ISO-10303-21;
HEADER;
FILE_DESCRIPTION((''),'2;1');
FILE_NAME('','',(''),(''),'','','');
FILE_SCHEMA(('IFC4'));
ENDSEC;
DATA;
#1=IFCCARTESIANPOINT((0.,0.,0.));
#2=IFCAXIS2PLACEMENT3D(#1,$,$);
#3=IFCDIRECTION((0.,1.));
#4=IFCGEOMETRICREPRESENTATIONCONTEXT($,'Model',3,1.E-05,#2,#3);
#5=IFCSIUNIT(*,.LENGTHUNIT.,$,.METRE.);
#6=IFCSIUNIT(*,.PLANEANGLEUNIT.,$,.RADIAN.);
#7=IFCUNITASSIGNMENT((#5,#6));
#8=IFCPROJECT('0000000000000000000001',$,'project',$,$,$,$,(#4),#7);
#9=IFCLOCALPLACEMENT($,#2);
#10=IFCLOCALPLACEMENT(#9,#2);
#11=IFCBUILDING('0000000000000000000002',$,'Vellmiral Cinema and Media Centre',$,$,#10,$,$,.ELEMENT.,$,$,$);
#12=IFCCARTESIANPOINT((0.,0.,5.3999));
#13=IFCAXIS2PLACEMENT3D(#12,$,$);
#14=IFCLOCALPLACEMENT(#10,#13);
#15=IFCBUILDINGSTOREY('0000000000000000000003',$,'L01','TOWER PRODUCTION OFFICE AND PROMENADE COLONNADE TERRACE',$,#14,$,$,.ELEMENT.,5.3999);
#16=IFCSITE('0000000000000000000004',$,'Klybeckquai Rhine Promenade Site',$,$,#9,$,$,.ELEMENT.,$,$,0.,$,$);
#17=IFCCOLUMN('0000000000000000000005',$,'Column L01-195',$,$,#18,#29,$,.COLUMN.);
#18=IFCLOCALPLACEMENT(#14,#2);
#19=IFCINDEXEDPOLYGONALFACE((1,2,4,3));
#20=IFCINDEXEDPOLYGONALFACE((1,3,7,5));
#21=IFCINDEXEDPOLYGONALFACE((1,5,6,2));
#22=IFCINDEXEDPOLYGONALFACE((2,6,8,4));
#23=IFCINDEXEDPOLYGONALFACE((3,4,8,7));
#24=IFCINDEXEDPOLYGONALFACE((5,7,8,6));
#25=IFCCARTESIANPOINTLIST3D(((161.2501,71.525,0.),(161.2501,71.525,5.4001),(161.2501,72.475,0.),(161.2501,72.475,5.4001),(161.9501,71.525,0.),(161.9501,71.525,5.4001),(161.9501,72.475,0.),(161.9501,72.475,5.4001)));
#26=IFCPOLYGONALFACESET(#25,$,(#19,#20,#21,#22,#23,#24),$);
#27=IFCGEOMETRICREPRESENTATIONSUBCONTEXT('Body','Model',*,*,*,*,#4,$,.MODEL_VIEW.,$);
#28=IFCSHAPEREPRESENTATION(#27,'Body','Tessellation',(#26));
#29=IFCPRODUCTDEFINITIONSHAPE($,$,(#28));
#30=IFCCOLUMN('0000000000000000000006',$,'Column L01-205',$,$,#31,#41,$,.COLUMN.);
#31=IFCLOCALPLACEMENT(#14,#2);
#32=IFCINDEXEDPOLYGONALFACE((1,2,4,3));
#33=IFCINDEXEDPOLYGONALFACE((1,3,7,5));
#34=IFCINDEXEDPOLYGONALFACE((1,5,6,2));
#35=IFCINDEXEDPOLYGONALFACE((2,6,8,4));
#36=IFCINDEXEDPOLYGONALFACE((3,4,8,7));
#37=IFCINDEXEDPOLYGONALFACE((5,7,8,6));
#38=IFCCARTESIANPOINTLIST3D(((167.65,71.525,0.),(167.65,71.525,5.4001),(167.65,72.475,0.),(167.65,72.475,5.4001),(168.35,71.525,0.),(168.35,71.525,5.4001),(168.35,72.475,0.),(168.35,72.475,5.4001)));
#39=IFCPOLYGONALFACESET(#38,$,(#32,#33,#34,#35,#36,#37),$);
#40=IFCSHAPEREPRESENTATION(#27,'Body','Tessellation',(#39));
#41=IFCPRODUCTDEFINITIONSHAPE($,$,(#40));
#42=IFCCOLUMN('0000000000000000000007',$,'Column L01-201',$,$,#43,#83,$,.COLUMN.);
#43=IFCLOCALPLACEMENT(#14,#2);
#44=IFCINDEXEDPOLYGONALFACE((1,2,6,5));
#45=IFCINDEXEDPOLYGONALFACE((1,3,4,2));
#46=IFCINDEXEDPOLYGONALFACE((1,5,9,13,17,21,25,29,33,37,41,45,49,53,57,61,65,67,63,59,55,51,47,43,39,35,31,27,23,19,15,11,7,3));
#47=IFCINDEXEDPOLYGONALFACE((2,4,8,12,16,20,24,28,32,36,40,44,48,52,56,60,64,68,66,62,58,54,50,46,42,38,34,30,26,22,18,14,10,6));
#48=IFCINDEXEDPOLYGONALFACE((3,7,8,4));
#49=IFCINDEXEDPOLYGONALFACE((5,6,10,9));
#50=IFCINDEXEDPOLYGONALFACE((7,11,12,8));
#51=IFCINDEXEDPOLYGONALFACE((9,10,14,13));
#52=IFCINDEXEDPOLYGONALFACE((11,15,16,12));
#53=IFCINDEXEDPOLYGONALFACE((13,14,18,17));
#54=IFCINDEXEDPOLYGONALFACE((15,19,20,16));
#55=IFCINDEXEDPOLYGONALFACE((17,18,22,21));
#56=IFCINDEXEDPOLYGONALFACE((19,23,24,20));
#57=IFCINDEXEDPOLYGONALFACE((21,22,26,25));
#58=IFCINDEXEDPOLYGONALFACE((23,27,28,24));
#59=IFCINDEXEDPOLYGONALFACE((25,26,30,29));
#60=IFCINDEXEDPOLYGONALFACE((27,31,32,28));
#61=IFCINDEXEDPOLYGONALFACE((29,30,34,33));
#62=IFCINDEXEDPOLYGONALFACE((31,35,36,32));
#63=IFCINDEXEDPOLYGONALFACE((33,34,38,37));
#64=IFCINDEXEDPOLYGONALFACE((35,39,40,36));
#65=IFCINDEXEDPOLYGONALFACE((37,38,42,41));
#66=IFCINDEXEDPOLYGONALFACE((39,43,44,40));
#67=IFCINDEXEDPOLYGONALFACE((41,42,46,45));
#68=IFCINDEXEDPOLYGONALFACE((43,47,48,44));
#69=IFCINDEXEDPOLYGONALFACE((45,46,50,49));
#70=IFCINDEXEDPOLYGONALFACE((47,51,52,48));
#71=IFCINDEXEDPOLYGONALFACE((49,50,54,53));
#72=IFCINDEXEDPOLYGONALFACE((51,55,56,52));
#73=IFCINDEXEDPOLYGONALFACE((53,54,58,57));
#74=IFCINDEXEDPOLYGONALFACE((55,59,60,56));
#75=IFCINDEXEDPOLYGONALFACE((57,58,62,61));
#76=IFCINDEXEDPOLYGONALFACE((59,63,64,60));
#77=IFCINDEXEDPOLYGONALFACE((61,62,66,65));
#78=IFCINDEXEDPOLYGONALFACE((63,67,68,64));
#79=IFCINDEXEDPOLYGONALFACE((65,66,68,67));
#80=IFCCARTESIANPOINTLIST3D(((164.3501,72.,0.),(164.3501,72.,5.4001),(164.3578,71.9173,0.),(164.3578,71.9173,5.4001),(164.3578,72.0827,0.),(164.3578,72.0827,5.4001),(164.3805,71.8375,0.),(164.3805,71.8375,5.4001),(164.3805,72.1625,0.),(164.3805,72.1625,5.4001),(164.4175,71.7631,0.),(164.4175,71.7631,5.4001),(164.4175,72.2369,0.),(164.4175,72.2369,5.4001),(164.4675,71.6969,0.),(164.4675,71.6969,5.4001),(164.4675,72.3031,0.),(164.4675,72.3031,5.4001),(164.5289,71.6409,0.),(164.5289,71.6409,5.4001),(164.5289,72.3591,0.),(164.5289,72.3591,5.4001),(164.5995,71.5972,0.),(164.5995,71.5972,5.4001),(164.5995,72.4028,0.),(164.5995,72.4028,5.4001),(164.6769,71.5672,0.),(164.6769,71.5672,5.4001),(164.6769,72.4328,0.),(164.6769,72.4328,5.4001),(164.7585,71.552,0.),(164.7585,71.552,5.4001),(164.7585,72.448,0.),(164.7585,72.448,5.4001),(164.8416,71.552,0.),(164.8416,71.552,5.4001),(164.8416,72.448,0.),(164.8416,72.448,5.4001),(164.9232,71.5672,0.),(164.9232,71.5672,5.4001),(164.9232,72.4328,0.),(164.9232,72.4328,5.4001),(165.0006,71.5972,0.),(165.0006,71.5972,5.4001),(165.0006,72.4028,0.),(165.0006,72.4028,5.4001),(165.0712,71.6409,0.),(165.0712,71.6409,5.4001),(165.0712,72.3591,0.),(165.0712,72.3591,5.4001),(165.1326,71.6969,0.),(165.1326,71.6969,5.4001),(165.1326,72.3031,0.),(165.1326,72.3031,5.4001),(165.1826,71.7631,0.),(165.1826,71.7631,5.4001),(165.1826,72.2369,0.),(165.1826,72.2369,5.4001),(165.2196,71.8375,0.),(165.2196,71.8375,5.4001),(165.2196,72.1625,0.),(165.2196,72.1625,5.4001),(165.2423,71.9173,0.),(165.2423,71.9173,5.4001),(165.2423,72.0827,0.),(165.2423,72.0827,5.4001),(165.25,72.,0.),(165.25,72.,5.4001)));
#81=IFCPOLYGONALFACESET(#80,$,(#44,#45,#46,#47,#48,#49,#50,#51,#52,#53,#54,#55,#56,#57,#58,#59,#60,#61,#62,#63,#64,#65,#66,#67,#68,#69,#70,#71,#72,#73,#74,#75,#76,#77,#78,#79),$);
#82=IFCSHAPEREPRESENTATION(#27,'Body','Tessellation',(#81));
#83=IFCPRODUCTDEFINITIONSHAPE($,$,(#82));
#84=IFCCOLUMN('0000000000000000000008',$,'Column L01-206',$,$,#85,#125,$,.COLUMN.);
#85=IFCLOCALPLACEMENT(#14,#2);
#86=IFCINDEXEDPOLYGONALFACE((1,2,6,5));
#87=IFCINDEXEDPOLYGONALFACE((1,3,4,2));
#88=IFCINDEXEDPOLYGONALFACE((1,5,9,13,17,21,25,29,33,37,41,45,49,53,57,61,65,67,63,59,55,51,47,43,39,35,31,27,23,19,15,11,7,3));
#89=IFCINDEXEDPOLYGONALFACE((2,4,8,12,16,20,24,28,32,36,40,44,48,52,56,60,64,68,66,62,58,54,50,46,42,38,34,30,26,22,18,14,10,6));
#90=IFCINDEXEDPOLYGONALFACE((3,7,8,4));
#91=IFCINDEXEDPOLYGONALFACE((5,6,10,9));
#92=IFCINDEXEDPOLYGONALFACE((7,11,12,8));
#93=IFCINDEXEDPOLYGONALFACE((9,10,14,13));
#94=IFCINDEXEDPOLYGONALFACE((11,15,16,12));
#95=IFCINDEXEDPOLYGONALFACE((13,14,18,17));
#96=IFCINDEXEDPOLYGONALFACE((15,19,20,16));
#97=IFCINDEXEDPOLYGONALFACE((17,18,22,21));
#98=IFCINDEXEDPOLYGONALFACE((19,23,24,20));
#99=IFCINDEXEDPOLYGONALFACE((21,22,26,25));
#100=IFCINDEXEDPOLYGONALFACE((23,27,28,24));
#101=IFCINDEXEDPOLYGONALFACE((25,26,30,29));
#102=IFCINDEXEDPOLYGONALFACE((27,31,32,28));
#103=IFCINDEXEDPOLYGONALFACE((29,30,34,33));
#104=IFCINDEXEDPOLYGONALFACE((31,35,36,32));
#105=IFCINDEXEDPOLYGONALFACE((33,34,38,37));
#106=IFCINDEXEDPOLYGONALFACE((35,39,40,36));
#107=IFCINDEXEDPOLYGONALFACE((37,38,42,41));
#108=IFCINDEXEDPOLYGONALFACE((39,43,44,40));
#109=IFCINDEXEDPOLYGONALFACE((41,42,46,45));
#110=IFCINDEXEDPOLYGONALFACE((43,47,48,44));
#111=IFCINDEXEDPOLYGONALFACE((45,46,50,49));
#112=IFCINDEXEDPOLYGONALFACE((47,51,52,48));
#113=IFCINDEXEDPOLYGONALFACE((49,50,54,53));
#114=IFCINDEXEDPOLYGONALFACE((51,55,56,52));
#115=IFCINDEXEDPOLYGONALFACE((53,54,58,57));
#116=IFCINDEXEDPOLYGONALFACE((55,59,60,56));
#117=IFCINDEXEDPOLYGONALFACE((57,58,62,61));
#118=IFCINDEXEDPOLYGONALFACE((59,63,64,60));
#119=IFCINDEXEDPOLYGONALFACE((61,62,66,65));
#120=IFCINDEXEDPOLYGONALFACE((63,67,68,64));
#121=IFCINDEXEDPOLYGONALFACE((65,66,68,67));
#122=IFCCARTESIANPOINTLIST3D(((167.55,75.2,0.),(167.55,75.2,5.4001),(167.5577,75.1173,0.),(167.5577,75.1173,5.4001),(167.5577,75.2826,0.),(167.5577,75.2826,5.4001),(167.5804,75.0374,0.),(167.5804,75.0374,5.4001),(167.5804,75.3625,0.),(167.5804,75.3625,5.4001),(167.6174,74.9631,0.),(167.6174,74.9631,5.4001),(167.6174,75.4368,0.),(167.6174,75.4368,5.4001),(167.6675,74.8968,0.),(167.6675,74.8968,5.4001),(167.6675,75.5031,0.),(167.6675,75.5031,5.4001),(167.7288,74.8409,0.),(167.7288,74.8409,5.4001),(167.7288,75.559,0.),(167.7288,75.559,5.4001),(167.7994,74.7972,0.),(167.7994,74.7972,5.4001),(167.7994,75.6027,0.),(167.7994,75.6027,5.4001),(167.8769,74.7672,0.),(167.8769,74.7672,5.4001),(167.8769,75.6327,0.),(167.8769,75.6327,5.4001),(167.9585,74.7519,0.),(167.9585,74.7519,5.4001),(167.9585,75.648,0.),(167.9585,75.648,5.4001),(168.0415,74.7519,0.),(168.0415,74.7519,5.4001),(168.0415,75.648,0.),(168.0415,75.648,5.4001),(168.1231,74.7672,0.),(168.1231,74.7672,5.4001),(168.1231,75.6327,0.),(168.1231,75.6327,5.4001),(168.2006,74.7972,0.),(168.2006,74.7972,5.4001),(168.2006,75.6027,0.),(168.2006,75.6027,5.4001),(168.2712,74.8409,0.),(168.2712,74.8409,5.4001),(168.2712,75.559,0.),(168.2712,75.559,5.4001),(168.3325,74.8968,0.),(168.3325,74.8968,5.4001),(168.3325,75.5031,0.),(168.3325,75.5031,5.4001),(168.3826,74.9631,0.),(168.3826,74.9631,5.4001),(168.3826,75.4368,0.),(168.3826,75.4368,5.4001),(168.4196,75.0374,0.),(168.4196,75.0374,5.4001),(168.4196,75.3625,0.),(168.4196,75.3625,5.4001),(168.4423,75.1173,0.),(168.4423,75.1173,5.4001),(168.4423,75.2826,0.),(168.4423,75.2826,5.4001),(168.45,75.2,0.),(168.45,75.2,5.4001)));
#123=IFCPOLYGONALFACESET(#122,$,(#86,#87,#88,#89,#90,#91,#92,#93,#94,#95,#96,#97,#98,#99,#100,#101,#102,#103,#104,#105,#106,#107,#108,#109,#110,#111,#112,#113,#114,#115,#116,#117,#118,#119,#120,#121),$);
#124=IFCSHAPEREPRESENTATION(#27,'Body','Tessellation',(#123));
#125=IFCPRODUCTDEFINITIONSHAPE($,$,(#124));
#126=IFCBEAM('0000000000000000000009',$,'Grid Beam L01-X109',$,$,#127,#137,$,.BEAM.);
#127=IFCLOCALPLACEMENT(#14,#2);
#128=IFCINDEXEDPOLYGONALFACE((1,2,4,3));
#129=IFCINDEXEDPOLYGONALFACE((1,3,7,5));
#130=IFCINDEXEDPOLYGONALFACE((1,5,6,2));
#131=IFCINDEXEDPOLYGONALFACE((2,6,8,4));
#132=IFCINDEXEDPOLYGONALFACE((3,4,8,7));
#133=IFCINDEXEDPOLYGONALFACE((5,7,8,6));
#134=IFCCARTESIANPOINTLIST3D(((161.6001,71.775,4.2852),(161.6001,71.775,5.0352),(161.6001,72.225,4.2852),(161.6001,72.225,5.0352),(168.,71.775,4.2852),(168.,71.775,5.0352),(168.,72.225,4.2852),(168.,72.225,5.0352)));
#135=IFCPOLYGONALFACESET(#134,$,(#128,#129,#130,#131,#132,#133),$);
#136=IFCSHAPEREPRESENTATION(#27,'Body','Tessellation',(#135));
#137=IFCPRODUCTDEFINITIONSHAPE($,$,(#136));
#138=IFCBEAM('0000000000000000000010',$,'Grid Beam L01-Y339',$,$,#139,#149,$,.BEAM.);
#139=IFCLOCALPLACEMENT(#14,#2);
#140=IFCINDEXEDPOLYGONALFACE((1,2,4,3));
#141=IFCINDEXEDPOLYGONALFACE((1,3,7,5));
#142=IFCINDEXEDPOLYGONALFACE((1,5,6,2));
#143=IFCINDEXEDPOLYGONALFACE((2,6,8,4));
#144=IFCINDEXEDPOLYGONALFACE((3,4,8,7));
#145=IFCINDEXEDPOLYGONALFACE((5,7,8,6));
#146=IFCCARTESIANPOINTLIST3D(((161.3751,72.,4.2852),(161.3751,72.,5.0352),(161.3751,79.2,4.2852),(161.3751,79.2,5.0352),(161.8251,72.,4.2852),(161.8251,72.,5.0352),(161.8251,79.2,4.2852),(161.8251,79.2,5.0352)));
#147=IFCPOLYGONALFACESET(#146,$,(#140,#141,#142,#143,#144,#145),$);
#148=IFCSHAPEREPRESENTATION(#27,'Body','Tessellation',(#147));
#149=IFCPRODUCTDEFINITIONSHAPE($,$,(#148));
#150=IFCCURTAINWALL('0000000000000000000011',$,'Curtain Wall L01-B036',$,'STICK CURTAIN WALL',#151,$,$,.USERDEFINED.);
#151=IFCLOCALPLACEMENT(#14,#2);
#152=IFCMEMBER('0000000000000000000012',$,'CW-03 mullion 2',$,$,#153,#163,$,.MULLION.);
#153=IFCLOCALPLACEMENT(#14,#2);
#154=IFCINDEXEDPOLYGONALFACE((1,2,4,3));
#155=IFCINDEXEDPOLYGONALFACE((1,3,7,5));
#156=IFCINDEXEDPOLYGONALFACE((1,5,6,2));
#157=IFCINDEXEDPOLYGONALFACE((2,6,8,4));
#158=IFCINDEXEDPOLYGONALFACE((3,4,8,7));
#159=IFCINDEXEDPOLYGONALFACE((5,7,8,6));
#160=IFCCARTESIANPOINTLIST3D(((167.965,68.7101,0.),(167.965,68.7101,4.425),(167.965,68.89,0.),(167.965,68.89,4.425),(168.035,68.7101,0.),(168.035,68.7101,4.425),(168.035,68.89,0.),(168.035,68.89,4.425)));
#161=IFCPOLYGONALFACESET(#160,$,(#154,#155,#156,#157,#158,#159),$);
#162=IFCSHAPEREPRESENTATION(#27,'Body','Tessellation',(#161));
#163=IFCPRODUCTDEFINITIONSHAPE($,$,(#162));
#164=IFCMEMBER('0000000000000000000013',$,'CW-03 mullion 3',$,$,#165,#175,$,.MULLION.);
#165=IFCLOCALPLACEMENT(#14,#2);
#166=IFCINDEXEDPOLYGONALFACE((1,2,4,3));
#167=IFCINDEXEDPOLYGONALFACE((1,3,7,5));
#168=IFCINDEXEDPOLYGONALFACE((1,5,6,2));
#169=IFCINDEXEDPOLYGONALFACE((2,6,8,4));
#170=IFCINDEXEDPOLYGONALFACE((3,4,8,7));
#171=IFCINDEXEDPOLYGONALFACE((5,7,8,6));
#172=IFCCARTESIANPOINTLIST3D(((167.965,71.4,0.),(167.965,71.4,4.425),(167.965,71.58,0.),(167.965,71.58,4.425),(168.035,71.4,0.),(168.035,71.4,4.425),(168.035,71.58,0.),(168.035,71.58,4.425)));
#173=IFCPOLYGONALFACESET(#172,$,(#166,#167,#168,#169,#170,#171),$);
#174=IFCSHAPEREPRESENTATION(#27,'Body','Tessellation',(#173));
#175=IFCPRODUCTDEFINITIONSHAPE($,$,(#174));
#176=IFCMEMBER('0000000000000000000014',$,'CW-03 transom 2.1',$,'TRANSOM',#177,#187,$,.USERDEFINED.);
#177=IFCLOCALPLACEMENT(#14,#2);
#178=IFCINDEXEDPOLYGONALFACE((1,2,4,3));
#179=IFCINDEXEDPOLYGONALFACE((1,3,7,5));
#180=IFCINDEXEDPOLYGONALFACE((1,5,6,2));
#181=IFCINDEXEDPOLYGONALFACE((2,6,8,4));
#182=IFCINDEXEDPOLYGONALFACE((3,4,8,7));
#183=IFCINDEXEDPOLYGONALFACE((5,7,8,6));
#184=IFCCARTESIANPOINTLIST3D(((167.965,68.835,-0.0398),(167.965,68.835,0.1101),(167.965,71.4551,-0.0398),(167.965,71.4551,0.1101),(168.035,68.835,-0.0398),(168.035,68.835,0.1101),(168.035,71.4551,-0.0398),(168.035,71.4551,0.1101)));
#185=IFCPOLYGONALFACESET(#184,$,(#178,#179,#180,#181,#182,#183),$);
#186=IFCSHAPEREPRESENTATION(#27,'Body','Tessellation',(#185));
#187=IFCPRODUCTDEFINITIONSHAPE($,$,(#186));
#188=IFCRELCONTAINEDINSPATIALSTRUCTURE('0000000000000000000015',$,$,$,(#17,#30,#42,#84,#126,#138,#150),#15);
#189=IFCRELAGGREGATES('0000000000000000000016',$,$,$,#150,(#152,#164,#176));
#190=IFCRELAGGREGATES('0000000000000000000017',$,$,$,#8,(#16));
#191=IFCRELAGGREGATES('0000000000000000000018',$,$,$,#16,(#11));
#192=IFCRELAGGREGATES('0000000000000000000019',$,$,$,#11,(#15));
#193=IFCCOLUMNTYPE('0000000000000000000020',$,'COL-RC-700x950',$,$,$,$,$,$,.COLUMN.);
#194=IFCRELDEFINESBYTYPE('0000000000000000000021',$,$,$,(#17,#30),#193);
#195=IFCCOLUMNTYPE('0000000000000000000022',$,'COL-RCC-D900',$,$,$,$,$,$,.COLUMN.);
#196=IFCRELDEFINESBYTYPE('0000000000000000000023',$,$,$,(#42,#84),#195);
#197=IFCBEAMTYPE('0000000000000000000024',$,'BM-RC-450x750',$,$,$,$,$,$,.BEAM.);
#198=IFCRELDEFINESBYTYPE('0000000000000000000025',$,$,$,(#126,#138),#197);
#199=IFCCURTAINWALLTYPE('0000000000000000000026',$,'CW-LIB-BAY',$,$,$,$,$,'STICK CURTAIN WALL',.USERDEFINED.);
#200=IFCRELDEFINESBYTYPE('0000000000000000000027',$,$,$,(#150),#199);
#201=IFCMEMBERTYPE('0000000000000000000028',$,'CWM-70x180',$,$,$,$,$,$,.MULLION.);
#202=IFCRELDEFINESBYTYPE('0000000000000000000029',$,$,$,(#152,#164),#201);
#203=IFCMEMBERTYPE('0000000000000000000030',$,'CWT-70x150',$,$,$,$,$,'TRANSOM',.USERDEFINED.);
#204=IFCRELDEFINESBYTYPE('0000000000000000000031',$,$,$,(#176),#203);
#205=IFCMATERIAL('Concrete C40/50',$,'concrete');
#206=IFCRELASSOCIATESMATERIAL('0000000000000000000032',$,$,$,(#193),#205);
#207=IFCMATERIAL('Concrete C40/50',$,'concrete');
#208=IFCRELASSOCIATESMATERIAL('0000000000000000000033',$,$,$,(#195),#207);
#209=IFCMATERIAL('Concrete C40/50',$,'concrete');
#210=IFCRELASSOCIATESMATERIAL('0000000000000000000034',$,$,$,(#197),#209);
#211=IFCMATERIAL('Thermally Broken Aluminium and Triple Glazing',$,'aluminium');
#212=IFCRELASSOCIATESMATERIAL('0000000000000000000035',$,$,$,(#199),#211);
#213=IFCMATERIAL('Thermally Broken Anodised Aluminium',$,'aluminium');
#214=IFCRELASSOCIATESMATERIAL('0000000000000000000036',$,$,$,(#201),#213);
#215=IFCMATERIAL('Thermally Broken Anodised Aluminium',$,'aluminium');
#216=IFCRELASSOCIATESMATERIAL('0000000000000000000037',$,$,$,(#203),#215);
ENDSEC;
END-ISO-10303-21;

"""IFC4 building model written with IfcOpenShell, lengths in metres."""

from ifc_helpers import new_model, si_unit, direction, frame, origin, origin_2d, place, context, subcontext, project, spatial, rectangle, circle, extrude, material, material_profile, profile_set, type_object, element, aggregate, save


model = new_model("IFC4")

# Units and contexts
model_context = context("Model", 3, precision=1e-05, world=origin(), true_north=direction((0.0, 1.0)))
body_context = subcontext(model_context, "Body", "Model", "MODEL_VIEW")
ifc_project = project(units=[si_unit("LENGTHUNIT", "METRE"), si_unit("PLANEANGLEUNIT", "RADIAN")], contexts=[model_context])

# Site, building, storey
site_placement = place(None, origin())
site = spatial("IfcSite", under=ifc_project, at=site_placement, Name="Klybeckquai Rhine Promenade Site", CompositionType="ELEMENT", RefElevation=0.0)
building_placement = place(site_placement, origin())
building = spatial("IfcBuilding", under=site, at=building_placement, Name="Vellmiral Cinema and Media Centre", CompositionType="ELEMENT")
storey_placement = place(building_placement, frame((0.0, 0.0, 5.3999)))
storey = spatial("IfcBuildingStorey", under=building, at=storey_placement, Name="L01", Description="TOWER PRODUCTION OFFICE AND PROMENADE COLONNADE TERRACE", CompositionType="ELEMENT", Elevation=5.3999)

# Columns
ifc_material_1 = material(Name="Concrete C40/50", Category="concrete")
ifc_material_profile_1 = material_profile(ifc_material_1, rectangle(XDim=0.7, YDim=0.95, at=origin_2d()), Name="RC 700x950")
ifc_profile_set_1 = profile_set([ifc_material_profile_1], Name="Concrete C40/50")
column_type_1 = type_object("IfcColumnType", Name="COL-RC-700x950", PredefinedType="COLUMN", material=ifc_profile_set_1)
for number, where, z_axis, x_axis, name in (
    (1, (161.6001, 72.0, 0.0), (0.0, 0.0, 1.0), (1.0, 0.0, 0.0), "Column L01-195"),
    (2, (168.0, 72.0, 0.0), (0.0, 0.0, 1.0), (1.0, 0.0, 0.0), "Column L01-205"),
):
    element("IfcColumn", number, at=place(storey_placement, frame(where, z_axis=z_axis, x_axis=x_axis)), inside=storey, type_object=column_type_1, Name=name, PredefinedType="COLUMN", context=body_context, shape_type="SweptSolid", body=[
        extrude(rectangle(XDim=0.7, YDim=0.95, at=origin_2d()), origin(), (0.0, 0.0, 1.0), 5.4001),
    ])
ifc_material_2 = material(Name="Concrete C40/50", Category="concrete")
ifc_material_profile_2 = material_profile(ifc_material_2, circle(Radius=0.45, at=origin_2d()), Name="RC D900")
ifc_profile_set_2 = profile_set([ifc_material_profile_2], Name="Concrete C40/50")
column_type_2 = type_object("IfcColumnType", Name="COL-RCC-D900", PredefinedType="COLUMN", material=ifc_profile_set_2)
for number, where, z_axis, x_axis, name in (
    (3, (164.8, 72.0, 0.0), (0.0, 0.0, 1.0), (1.0, 0.0, 0.0), "Column L01-201"),
    (4, (168.0, 75.2, 0.0), (0.0, 0.0, 1.0), (1.0, 0.0, 0.0), "Column L01-206"),
):
    element("IfcColumn", number, at=place(storey_placement, frame(where, z_axis=z_axis, x_axis=x_axis)), inside=storey, type_object=column_type_2, Name=name, PredefinedType="COLUMN", context=body_context, shape_type="SweptSolid", body=[
        extrude(circle(Radius=0.45, at=origin_2d()), origin(), (0.0, 0.0, 1.0), 5.4001),
    ])

# Beams
ifc_material_3 = material(Name="Concrete C40/50", Category="concrete")
ifc_material_profile_3 = material_profile(ifc_material_3, rectangle(XDim=0.45, YDim=0.75, at=origin_2d()), Name="RC 450x750")
ifc_profile_set_3 = profile_set([ifc_material_profile_3], Name="Concrete C40/50")
beam_type_1 = type_object("IfcBeamType", Name="BM-RC-450x750", PredefinedType="BEAM", material=ifc_profile_set_3)
beam_1_placement = place(storey_placement, frame((161.6001, 72.0, 4.6602), z_axis=(1.0, 0.0, 0.0), x_axis=(0.0, 1.0, 0.0)))
element("IfcBeam", 5, at=beam_1_placement, inside=storey, type_object=beam_type_1, Name="Grid Beam L01-X109", PredefinedType="BEAM", context=body_context, shape_type="SweptSolid", body=[
    extrude(rectangle(XDim=0.45, YDim=0.75, at=origin_2d()), origin(), (0.0, 0.0, 1.0), 6.3999),
])
beam_2_placement = place(storey_placement, frame((161.6001, 72.0, 4.6602), z_axis=(0.0, 1.0, 0.0), x_axis=(-1.0, 0.0, 0.0)))
element("IfcBeam", 6, at=beam_2_placement, inside=storey, type_object=beam_type_1, Name="Grid Beam L01-Y339", PredefinedType="BEAM", context=body_context, shape_type="SweptSolid", body=[
    extrude(rectangle(XDim=0.45, YDim=0.75, at=origin_2d()), origin(), (0.0, 0.0, 1.0), 7.2),
])

# Curtain wall, members
ifc_material_4 = material(Name="Thermally Broken Aluminium and Triple Glazing", Category="aluminium")
curtain_wall_type = type_object("IfcCurtainWallType", Name="CW-LIB-BAY", ElementType="STICK CURTAIN WALL", PredefinedType="USERDEFINED", material=ifc_material_4)
curtain_wall_placement = place(storey_placement, origin())
curtain_wall = element("IfcCurtainWall", 7, at=curtain_wall_placement, inside=storey, type_object=curtain_wall_type, Name="Curtain Wall L01-B036", ObjectType="STICK CURTAIN WALL", PredefinedType="USERDEFINED")
ifc_material_5 = material(Name="Thermally Broken Anodised Aluminium", Category="aluminium")
ifc_material_profile_4 = material_profile(ifc_material_5, rectangle(XDim=0.0701, YDim=0.1799, at=origin_2d()), Name="MULL 70x180")
ifc_profile_set_4 = profile_set([ifc_material_profile_4], Name="Thermally Broken Anodised Aluminium")
member_type_1 = type_object("IfcMemberType", Name="CWM-70x180", PredefinedType="MULLION", material=ifc_profile_set_4)
member_1_placement = place(storey_placement, frame((168.0, 68.8, 0.0), z_axis=(0.0, 0.0, 1.0), x_axis=(-1.0, 0.0, 0.0)))
member_1 = element("IfcMember", 8, at=member_1_placement, type_object=member_type_1, Name="CW-03 mullion 2", PredefinedType="MULLION", context=body_context, shape_type="SweptSolid", body=[
    extrude(rectangle(XDim=0.0701, YDim=0.1799, at=origin_2d()), origin(), (0.0, 0.0, 1.0), 4.425),
])
member_2_placement = place(storey_placement, frame((168.0, 71.49, 0.0), z_axis=(0.0, 0.0, 1.0), x_axis=(-1.0, 0.0, 0.0)))
member_2 = element("IfcMember", 9, at=member_2_placement, type_object=member_type_1, Name="CW-03 mullion 3", PredefinedType="MULLION", context=body_context, shape_type="SweptSolid", body=[
    extrude(rectangle(XDim=0.0701, YDim=0.1799, at=origin_2d()), origin(), (0.0, 0.0, 1.0), 4.425),
])
ifc_material_6 = material(Name="Thermally Broken Anodised Aluminium", Category="aluminium")
ifc_material_profile_5 = material_profile(ifc_material_6, rectangle(XDim=0.0701, YDim=0.1499, at=origin_2d()), Name="MULL 70x150")
ifc_profile_set_5 = profile_set([ifc_material_profile_5], Name="Thermally Broken Anodised Aluminium")
member_type_2 = type_object("IfcMemberType", Name="CWT-70x150", ElementType="TRANSOM", PredefinedType="USERDEFINED", material=ifc_profile_set_5)
member_3_placement = place(storey_placement, frame((168.0, 68.835, 0.0352), z_axis=(0.0, 1.0, 0.0), x_axis=(-1.0, 0.0, 0.0)))
member_3 = element("IfcMember", 10, at=member_3_placement, type_object=member_type_2, Name="CW-03 transom 2.1", ObjectType="TRANSOM", PredefinedType="USERDEFINED", context=body_context, shape_type="SweptSolid", body=[
    extrude(rectangle(XDim=0.0701, YDim=0.1499, at=origin_2d()), origin(), (0.0, 0.0, 1.0), 2.6201),
])

aggregate(curtain_wall, [member_1, member_2, member_3])

save(model, "model.ifc")
